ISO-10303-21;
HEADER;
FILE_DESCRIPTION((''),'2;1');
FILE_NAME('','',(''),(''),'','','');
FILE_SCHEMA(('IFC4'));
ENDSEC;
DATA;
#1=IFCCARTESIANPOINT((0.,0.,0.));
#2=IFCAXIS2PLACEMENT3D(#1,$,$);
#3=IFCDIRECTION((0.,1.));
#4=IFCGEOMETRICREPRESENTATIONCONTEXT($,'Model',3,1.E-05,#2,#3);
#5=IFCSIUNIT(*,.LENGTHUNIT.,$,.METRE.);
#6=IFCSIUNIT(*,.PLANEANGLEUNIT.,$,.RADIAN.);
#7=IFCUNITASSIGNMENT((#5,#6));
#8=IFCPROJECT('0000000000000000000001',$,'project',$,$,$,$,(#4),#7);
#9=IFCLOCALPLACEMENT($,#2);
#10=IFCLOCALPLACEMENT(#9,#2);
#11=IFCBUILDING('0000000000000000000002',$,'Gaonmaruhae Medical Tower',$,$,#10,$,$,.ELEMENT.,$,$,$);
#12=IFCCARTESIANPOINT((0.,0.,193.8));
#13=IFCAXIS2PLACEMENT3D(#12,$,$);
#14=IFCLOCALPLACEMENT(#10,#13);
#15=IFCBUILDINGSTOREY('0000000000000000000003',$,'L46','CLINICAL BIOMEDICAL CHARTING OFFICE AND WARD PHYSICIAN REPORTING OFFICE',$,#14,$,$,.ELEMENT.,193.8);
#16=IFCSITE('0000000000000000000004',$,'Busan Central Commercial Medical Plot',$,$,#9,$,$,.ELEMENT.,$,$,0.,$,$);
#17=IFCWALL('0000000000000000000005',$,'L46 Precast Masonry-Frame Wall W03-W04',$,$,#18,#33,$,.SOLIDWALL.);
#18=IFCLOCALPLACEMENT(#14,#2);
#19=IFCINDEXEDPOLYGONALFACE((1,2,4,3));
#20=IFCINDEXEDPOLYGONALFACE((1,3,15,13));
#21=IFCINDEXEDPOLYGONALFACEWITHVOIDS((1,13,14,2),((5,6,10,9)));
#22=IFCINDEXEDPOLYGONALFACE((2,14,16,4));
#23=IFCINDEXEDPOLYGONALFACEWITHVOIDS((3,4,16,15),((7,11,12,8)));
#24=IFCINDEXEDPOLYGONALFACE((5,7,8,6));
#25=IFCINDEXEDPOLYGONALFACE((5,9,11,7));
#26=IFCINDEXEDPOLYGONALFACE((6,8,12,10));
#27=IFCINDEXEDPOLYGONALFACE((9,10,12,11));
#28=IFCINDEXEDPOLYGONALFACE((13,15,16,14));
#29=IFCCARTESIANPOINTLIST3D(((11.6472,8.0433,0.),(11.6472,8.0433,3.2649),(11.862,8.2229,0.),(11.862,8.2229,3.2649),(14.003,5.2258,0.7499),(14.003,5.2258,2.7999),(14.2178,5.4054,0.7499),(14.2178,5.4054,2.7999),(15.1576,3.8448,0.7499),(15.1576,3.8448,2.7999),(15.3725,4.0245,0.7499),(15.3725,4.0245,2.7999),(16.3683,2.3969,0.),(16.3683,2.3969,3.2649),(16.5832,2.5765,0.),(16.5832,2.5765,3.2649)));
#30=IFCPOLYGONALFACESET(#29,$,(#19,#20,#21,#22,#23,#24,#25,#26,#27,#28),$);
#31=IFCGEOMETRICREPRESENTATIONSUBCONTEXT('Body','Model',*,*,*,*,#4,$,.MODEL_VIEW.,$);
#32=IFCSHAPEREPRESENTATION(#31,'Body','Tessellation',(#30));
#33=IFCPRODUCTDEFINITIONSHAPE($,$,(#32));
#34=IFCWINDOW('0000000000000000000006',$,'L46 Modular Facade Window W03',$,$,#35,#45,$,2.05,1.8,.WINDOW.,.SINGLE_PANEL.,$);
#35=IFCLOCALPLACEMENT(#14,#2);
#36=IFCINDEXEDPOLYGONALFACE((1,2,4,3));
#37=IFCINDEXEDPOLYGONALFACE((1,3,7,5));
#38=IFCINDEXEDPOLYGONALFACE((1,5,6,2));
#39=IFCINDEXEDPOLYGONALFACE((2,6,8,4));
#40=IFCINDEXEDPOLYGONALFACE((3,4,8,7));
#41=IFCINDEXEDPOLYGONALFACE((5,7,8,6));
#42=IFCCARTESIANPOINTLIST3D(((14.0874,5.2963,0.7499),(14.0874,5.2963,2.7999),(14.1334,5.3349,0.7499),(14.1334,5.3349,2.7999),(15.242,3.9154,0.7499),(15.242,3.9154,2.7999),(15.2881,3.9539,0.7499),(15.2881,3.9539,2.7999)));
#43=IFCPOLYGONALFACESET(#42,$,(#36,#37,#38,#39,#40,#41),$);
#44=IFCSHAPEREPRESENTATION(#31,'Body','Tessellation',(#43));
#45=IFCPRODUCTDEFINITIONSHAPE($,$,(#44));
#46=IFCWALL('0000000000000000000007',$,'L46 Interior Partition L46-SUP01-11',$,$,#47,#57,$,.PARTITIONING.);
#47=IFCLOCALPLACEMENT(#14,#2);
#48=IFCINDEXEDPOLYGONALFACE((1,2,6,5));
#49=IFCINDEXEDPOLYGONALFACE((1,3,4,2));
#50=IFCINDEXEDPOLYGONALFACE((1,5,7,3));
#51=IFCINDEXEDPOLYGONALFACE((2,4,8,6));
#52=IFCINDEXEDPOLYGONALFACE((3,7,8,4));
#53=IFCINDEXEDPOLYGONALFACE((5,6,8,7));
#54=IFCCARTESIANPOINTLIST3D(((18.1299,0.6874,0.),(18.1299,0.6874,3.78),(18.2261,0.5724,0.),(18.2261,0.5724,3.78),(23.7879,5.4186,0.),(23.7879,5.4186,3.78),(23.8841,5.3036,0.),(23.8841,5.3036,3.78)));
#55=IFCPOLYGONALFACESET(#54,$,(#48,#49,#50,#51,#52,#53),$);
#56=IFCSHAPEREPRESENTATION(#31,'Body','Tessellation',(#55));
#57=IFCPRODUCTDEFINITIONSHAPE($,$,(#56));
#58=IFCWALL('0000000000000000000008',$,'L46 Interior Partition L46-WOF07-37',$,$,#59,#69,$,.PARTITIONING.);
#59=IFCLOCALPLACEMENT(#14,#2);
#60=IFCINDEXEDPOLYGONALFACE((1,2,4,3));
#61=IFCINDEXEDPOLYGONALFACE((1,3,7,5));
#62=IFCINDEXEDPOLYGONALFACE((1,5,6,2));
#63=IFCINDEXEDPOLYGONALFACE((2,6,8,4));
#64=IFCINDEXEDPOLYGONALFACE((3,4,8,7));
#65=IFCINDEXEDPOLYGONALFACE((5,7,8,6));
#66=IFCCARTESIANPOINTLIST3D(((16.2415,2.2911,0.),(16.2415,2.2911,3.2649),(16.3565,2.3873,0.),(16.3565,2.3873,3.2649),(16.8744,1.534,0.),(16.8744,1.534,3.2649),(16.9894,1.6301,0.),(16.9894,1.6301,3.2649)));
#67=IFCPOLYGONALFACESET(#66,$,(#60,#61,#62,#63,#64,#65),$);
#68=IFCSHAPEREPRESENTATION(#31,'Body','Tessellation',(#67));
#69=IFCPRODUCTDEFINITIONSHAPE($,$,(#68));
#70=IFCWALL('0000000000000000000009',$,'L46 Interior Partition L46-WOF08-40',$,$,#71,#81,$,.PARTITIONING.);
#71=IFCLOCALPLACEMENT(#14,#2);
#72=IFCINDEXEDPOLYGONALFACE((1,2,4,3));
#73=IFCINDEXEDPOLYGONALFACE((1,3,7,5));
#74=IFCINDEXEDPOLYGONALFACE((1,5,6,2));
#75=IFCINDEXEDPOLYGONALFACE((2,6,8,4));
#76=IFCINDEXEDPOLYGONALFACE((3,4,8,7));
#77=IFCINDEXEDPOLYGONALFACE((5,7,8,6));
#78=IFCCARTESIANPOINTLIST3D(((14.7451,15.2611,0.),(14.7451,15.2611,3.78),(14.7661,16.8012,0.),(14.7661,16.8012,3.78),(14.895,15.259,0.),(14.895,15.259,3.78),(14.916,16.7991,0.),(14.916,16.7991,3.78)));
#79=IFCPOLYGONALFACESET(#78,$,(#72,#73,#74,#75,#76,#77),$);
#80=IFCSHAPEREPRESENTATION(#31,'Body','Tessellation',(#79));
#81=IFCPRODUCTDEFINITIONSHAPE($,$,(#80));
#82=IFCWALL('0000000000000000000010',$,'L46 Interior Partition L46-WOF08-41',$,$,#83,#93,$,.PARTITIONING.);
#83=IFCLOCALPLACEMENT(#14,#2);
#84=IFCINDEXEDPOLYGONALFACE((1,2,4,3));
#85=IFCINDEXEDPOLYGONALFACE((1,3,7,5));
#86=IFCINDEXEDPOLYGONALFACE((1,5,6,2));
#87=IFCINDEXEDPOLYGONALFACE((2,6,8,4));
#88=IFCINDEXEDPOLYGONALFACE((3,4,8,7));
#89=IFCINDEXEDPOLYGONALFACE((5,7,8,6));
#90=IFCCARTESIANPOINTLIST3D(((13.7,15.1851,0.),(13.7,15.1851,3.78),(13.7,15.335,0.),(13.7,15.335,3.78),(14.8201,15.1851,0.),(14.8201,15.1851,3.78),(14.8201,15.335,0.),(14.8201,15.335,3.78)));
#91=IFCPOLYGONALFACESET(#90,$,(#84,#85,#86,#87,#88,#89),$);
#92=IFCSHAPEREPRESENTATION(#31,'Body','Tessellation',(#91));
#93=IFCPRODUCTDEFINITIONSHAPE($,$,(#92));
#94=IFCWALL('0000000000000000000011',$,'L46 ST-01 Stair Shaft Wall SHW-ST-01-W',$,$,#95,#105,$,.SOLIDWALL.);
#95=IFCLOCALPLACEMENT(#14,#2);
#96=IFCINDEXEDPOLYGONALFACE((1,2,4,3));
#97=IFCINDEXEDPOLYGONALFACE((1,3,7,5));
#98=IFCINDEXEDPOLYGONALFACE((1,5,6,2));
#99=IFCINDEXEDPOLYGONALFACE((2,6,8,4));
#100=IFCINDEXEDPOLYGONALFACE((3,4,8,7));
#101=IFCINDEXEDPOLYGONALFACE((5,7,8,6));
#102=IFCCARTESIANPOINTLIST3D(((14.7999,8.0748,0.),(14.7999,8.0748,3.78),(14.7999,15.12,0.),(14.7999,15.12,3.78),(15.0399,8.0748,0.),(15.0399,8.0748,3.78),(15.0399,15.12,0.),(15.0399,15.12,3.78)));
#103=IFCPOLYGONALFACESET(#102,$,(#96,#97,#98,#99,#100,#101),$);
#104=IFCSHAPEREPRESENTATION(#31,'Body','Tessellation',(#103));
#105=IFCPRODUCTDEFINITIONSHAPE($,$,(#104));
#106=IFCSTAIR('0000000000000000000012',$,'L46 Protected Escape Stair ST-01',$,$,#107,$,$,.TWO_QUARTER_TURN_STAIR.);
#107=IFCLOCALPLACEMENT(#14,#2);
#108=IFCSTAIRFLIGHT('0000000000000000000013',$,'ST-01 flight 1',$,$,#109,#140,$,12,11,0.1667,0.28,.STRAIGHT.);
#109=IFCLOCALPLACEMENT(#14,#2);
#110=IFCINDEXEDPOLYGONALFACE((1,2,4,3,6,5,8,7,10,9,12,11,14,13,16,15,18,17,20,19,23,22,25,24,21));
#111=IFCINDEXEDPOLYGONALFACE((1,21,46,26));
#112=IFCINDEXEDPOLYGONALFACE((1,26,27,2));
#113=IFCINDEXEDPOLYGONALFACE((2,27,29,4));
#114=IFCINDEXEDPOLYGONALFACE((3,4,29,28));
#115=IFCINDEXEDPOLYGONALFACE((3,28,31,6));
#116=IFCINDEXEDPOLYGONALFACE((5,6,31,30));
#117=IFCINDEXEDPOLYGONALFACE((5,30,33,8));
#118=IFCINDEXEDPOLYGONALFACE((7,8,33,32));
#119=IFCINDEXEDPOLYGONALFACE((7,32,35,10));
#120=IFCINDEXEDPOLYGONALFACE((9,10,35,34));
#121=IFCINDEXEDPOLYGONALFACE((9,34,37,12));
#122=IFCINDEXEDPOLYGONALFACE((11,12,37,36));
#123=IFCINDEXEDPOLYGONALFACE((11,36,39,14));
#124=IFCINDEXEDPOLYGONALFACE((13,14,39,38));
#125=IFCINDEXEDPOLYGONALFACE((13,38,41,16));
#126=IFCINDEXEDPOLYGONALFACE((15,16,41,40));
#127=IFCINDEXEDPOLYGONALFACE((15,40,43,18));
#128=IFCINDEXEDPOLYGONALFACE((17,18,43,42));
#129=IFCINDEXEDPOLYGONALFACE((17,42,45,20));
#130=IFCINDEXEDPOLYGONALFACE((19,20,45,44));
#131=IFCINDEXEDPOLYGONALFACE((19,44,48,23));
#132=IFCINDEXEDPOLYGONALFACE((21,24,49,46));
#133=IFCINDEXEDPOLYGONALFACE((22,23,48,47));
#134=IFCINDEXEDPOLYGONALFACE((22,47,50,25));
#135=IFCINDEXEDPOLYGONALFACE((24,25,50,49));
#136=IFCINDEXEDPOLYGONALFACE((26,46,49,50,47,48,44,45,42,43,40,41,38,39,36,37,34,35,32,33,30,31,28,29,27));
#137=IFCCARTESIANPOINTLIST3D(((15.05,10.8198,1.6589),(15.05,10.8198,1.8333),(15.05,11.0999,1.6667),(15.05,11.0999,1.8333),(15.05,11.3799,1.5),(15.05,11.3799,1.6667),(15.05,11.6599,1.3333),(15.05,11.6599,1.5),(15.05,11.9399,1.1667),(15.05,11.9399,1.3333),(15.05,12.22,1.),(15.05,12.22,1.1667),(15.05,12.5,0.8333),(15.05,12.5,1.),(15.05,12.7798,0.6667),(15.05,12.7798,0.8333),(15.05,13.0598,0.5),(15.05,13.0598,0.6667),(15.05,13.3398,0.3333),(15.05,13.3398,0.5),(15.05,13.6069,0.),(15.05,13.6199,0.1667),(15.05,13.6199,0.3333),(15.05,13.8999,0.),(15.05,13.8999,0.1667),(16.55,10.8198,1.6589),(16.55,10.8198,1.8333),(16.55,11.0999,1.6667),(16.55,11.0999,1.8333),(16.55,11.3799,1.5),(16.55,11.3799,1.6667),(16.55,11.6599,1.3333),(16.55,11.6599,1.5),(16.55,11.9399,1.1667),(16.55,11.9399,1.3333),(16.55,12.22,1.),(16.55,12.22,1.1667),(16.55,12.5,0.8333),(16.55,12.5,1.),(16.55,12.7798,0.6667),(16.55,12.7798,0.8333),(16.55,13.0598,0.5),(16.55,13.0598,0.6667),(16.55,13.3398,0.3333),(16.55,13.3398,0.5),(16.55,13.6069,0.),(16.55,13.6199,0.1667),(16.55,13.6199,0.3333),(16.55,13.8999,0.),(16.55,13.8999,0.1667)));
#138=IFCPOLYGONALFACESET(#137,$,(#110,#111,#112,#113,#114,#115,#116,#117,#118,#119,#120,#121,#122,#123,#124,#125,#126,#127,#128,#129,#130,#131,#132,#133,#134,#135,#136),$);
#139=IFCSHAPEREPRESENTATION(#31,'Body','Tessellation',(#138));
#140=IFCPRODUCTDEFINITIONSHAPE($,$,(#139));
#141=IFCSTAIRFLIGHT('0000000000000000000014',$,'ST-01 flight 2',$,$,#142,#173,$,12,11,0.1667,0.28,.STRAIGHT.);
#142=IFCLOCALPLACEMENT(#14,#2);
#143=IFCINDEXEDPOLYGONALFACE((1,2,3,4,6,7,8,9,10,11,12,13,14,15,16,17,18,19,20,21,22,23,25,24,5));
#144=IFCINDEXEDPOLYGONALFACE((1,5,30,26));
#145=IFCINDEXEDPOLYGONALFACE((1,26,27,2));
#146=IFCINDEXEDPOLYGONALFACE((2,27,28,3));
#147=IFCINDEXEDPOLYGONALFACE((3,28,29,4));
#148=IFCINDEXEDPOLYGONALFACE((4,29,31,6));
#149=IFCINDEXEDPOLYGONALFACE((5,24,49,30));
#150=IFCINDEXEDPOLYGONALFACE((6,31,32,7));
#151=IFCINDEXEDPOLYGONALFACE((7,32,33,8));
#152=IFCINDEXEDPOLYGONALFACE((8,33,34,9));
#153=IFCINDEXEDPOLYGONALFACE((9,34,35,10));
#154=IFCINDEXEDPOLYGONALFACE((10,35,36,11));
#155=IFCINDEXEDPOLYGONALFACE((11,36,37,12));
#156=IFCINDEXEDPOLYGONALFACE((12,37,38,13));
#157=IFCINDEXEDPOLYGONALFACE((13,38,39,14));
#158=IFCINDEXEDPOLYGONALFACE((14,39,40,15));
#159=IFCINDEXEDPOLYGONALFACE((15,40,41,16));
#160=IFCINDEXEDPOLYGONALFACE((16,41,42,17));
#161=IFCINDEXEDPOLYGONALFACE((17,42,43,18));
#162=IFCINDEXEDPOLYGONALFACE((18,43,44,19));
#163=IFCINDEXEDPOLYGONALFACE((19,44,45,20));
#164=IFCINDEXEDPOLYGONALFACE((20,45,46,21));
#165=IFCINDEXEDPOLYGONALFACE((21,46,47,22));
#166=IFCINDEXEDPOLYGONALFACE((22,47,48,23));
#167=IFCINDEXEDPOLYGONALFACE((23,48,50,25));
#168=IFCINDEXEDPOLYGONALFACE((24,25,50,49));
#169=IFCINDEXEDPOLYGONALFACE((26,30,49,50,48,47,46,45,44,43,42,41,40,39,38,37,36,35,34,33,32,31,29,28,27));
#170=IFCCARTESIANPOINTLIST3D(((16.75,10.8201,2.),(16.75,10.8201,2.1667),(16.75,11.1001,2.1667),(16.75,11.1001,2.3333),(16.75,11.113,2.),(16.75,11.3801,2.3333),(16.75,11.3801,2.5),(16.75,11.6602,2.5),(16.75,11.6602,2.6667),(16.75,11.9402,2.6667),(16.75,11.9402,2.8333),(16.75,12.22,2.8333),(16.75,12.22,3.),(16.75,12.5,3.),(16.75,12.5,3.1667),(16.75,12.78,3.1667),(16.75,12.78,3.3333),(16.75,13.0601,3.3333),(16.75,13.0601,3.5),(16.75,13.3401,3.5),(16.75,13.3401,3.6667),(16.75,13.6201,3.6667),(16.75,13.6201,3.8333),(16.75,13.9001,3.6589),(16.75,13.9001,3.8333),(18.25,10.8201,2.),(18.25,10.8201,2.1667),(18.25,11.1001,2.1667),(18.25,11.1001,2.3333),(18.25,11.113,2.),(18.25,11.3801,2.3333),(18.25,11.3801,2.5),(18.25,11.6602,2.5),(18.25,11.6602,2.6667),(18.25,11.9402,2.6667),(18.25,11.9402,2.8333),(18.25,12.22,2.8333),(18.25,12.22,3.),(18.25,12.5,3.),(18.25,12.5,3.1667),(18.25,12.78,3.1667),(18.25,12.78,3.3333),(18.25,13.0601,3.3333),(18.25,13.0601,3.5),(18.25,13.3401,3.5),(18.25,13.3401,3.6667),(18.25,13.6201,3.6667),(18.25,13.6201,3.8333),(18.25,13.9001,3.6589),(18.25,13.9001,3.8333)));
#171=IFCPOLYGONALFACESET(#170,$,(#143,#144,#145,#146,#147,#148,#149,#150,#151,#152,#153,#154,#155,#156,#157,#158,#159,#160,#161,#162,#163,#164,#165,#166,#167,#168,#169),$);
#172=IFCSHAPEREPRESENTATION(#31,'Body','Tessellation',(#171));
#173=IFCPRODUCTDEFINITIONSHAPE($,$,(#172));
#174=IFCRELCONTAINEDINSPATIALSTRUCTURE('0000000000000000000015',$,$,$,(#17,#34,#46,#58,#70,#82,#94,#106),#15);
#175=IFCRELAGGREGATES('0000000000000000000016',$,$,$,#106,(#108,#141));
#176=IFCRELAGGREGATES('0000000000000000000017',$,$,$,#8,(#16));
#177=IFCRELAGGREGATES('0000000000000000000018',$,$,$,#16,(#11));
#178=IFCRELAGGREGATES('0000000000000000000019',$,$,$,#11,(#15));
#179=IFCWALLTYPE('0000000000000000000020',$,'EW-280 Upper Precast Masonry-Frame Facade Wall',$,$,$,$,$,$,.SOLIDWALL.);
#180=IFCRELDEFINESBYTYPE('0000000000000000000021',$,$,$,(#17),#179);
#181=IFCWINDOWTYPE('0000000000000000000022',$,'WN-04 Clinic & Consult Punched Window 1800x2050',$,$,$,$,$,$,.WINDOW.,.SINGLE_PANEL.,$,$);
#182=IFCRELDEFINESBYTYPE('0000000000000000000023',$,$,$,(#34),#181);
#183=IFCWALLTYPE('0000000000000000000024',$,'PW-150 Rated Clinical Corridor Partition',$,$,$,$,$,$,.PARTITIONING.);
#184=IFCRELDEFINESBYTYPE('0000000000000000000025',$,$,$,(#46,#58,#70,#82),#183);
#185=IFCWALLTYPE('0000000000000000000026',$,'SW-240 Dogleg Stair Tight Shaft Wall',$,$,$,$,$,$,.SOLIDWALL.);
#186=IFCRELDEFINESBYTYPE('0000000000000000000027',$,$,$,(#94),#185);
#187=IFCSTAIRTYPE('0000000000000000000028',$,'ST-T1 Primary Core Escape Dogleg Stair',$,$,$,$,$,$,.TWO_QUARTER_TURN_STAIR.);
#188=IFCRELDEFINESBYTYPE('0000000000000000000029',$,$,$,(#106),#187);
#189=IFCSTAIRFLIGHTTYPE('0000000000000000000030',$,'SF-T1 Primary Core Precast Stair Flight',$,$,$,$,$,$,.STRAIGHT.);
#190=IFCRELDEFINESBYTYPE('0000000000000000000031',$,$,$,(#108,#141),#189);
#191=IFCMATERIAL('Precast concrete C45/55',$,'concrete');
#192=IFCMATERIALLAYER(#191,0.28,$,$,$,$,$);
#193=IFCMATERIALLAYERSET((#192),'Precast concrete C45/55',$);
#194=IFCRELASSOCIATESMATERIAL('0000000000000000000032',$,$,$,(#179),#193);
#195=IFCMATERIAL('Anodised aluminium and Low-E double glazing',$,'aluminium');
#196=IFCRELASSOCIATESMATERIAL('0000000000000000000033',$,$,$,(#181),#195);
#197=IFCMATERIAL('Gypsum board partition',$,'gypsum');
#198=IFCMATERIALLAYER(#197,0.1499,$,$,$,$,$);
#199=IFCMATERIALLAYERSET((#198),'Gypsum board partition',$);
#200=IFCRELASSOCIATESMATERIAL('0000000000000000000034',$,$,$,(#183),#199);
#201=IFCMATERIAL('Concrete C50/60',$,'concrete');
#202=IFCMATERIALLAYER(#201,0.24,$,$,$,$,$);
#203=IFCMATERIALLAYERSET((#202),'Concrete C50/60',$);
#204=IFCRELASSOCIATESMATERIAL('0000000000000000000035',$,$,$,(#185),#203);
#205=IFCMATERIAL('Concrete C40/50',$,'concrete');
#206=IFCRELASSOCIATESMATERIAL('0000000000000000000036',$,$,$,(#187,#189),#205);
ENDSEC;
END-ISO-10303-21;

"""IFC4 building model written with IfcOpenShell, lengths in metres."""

from ifc_helpers import new_model, si_unit, direction, frame, frame_2d, origin, place, context, subcontext, project, spatial, polyline, rectangle, outline, extrude, material, layer, layer_set, type_object, element, fill, aggregate, save


model = new_model("IFC4")

# Units and contexts
model_context = context("Model", 3, precision=1e-05, world=origin(), true_north=direction((0.0, 1.0)))
body_context = subcontext(model_context, "Body", "Model", "MODEL_VIEW")
ifc_project = project(units=[si_unit("LENGTHUNIT", "METRE"), si_unit("PLANEANGLEUNIT", "RADIAN")], contexts=[model_context])

# Site, building, storey
site_placement = place(None, origin())
site = spatial("IfcSite", under=ifc_project, at=site_placement, Name="Busan Central Commercial Medical Plot", CompositionType="ELEMENT", RefElevation=0.0)
building_placement = place(site_placement, origin())
building = spatial("IfcBuilding", under=site, at=building_placement, Name="Gaonmaruhae Medical Tower", CompositionType="ELEMENT")
storey_placement = place(building_placement, frame((0.0, 0.0, 193.8)))
storey = spatial("IfcBuildingStorey", under=building, at=storey_placement, Name="L46", Description="CLINICAL BIOMEDICAL CHARTING OFFICE AND WARD PHYSICIAN REPORTING OFFICE", CompositionType="ELEMENT", Elevation=193.8)

# Shared definitions
ifc_material_1 = material(Name="Concrete C50/60", Category="concrete")

# Wall, opening, window
ifc_material_2 = material(Name="Precast concrete C45/55", Category="concrete")
ifc_layer_1 = layer(ifc_material_2, 0.28)
ifc_layer_set_1 = layer_set([ifc_layer_1], Name="Precast concrete C45/55")
wall_type_1 = type_object("IfcWallType", Name="EW-280 Upper Precast Masonry-Frame Facade Wall", PredefinedType="SOLIDWALL", material=ifc_layer_set_1)
wall_1_placement = place(storey_placement, frame((16.4758, 2.4866, 0.0), z_axis=(0.0, 0.0, 1.0), x_axis=(-0.641449, 0.767165, 0.0)))
wall_1 = element("IfcWall", 1, at=wall_1_placement, inside=storey, type_object=wall_type_1, Name="L46 Precast Masonry-Frame Wall W03-W04", PredefinedType="SOLIDWALL", context=body_context, shape_type="SweptSolid", body=[
    extrude(rectangle(XDim=7.3601, YDim=0.28, at=frame_2d((3.6802, 0.0))), origin(), (0.0, 0.0, 1.0), 3.2649),
])
opening_1_placement = place(wall_1_placement, frame((1.8877, 0.0, 0.75)))
opening_1 = element("IfcOpeningElement", 2, at=opening_1_placement, cuts=wall_1, PredefinedType="OPENING", context=body_context, shape_type="SweptSolid", body=[
    extrude(rectangle(XDim=1.8, YDim=2.05, at=frame_2d((0.8999, 1.0249))), frame((0.0, 0.1499, 0.0), z_axis=(0.0, -1.0, 0.0), x_axis=(1.0, 0.0, 0.0)), (0.0, 0.0, 1.0), 0.3),
])
ifc_material_3 = material(Name="Anodised aluminium and Low-E double glazing", Category="aluminium")
window_type = type_object("IfcWindowType", Name="WN-04 Clinic & Consult Punched Window 1800x2050", PartitioningType="SINGLE_PANEL", PredefinedType="WINDOW", material=ifc_material_3)
window_placement = place(opening_1_placement, origin())
window = element("IfcWindow", 3, at=window_placement, inside=storey, type_object=window_type, Name="L46 Modular Facade Window W03", OverallHeight=2.05, OverallWidth=1.8, PartitioningType="SINGLE_PANEL", PredefinedType="WINDOW", context=body_context, shape_type="SweptSolid", body=[
    extrude(rectangle(XDim=1.8, YDim=2.05, at=frame_2d((0.8999, 1.0249))), frame((0.0, 0.03, 0.0), z_axis=(0.0, -1.0, 0.0), x_axis=(1.0, 0.0, 0.0)), (0.0, 0.0, 1.0), 0.0601),
])
fill(opening_1, window)

# Walls
ifc_material_4 = material(Name="Gypsum board partition", Category="gypsum")
ifc_layer_2 = layer(ifc_material_4, 0.1499)
ifc_layer_set_2 = layer_set([ifc_layer_2], Name="Gypsum board partition")
wall_type_2 = type_object("IfcWallType", Name="PW-150 Rated Clinical Corridor Partition", PredefinedType="PARTITIONING", material=ifc_layer_set_2)
wall_2_placement = place(storey_placement, frame((18.178, 0.6299, 0.0), z_axis=(0.0, 0.0, 1.0), x_axis=(0.767138, 0.641483, 0.0)))
element("IfcWall", 4, at=wall_2_placement, inside=storey, type_object=wall_type_2, Name="L46 Interior Partition L46-SUP01-11", PredefinedType="PARTITIONING", context=body_context, shape_type="SweptSolid", body=[
    extrude(rectangle(XDim=7.3755, YDim=0.1499, at=frame_2d((3.6877, 0.0))), origin(), (0.0, 0.0, 1.0), 3.78),
])
wall_3_placement = place(storey_placement, frame((16.9319, 1.582, 0.0), z_axis=(0.0, 0.0, 1.0), x_axis=(-0.641328, 0.767267, 0.0)))
element("IfcWall", 5, at=wall_3_placement, inside=storey, type_object=wall_type_2, Name="L46 Interior Partition L46-WOF07-37", PredefinedType="PARTITIONING", context=body_context, shape_type="SweptSolid", body=[
    extrude(rectangle(XDim=0.9868, YDim=0.1499, at=frame_2d((0.4934, 0.0))), origin(), (0.0, 0.0, 1.0), 3.2649),
])
wall_4_placement = place(storey_placement, frame((14.8411, 16.8, 0.0), z_axis=(0.0, 0.0, 1.0), x_axis=(-0.013632, -0.999907, 0.0)))
element("IfcWall", 6, at=wall_4_placement, inside=storey, type_object=wall_type_2, Name="L46 Interior Partition L46-WOF08-40", PredefinedType="PARTITIONING", context=body_context, shape_type="SweptSolid", body=[
    extrude(rectangle(XDim=1.5403, YDim=0.1499, at=frame_2d((0.77, 0.0))), origin(), (0.0, 0.0, 1.0), 3.78),
])
wall_5_placement = place(storey_placement, frame((14.8201, 15.26, 0.0), z_axis=(0.0, 0.0, 1.0), x_axis=(-1.0, 0.0, 0.0)))
element("IfcWall", 7, at=wall_5_placement, inside=storey, type_object=wall_type_2, Name="L46 Interior Partition L46-WOF08-41", PredefinedType="PARTITIONING", context=body_context, shape_type="SweptSolid", body=[
    extrude(rectangle(XDim=1.1201, YDim=0.1499, at=frame_2d((0.5601, 0.0))), origin(), (0.0, 0.0, 1.0), 3.78),
])

# Shared definitions
ifc_layer_3 = layer(ifc_material_1, 0.24)
ifc_layer_set_3 = layer_set([ifc_layer_3], Name="Concrete C50/60")
wall_type_3 = type_object("IfcWallType", Name="SW-240 Dogleg Stair Tight Shaft Wall", PredefinedType="SOLIDWALL", material=ifc_layer_set_3)

# Wall
wall_6_placement = place(storey_placement, frame((14.9199, 8.075, 0.0), z_axis=(0.0, 0.0, 1.0), x_axis=(0.0, 1.0, 0.0)))
element("IfcWall", 8, at=wall_6_placement, inside=storey, type_object=wall_type_3, Name="L46 ST-01 Stair Shaft Wall SHW-ST-01-W", PredefinedType="SOLIDWALL", context=body_context, shape_type="SweptSolid", body=[
    extrude(rectangle(XDim=7.0452, YDim=0.24, at=frame_2d((3.5225, 0.0))), origin(), (0.0, 0.0, 1.0), 3.78),
])

# Stair, stair flights
ifc_material_5 = material(Name="Concrete C40/50", Category="concrete")
stair_type = type_object("IfcStairType", Name="ST-T1 Primary Core Escape Dogleg Stair", PredefinedType="TWO_QUARTER_TURN_STAIR", material=ifc_material_5)
stair_placement = place(storey_placement, origin())
stair = element("IfcStair", 9, at=stair_placement, inside=storey, type_object=stair_type, Name="L46 Protected Escape Stair ST-01", PredefinedType="TWO_QUARTER_TURN_STAIR")
stair_flight_type = type_object("IfcStairFlightType", Name="SF-T1 Primary Core Precast Stair Flight", PredefinedType="STRAIGHT", material=ifc_material_5)
stair_flight_1_placement = place(storey_placement, frame((15.8, 13.8999, 0.0), z_axis=(0.0, 0.0, 1.0), x_axis=(0.0, -1.0, 0.0)))
stair_flight_1 = element("IfcStairFlight", 10, at=stair_flight_1_placement, type_object=stair_flight_type, Name="ST-01 flight 1", NumberOfRisers=12, NumberOfTreads=11, PredefinedType="STRAIGHT", RiserHeight=0.1667, TreadLength=0.28, context=body_context, shape_type="SweptSolid", body=[
    extrude(outline(polyline([(0.0, 0.0), (0.0, 0.1667), (0.28, 0.1667), (0.28, 0.3333), (0.5601, 0.3333), (0.5601, 0.5), (0.8401, 0.5), (0.8401, 0.6667), (1.1201, 0.6667), (1.1201, 0.8333), (1.3999, 0.8333), (1.3999, 1.0), (1.6799, 1.0), (1.6799, 1.1667), (1.96, 1.1667), (1.96, 1.3333), (2.24, 1.3333), (2.24, 1.5), (2.52, 1.5), (2.52, 1.6667), (2.8, 1.6667), (2.8, 1.8333), (3.0801, 1.8333), (3.0801, 2.0), (3.0801, 1.6589), (0.293, 0.0), (0.0, 0.0)])), frame((0.0, 0.75, 0.0), z_axis=(0.0, -1.0, 0.0), x_axis=(1.0, 0.0, 0.0)), (0.0, 0.0, 1.0), 1.5),
])
stair_flight_2_placement = place(storey_placement, frame((17.5, 10.8201, 2.0), z_axis=(0.0, 0.0, 1.0), x_axis=(0.0, 1.0, 0.0)))
stair_flight_2 = element("IfcStairFlight", 11, at=stair_flight_2_placement, type_object=stair_flight_type, Name="ST-01 flight 2", NumberOfRisers=12, NumberOfTreads=11, PredefinedType="STRAIGHT", RiserHeight=0.1667, TreadLength=0.28, context=body_context, shape_type="SweptSolid", body=[
    extrude(outline(polyline([(0.0, 0.0), (0.0, 0.1667), (0.28, 0.1667), (0.28, 0.3333), (0.5601, 0.3333), (0.5601, 0.5), (0.8401, 0.5), (0.8401, 0.6667), (1.1201, 0.6667), (1.1201, 0.8333), (1.3999, 0.8333), (1.3999, 1.0), (1.6799, 1.0), (1.6799, 1.1667), (1.96, 1.1667), (1.96, 1.3333), (2.24, 1.3333), (2.24, 1.5), (2.52, 1.5), (2.52, 1.6667), (2.8, 1.6667), (2.8, 1.8333), (3.0801, 1.8333), (3.0801, 2.0), (3.0801, 1.6589), (0.293, 0.0), (0.0, 0.0)])), frame((0.0, 0.75, 0.0), z_axis=(0.0, -1.0, 0.0), x_axis=(1.0, 0.0, 0.0)), (0.0, 0.0, 1.0), 1.5),
])
aggregate(stair, [stair_flight_1, stair_flight_2])

save(model, "model.ifc")
